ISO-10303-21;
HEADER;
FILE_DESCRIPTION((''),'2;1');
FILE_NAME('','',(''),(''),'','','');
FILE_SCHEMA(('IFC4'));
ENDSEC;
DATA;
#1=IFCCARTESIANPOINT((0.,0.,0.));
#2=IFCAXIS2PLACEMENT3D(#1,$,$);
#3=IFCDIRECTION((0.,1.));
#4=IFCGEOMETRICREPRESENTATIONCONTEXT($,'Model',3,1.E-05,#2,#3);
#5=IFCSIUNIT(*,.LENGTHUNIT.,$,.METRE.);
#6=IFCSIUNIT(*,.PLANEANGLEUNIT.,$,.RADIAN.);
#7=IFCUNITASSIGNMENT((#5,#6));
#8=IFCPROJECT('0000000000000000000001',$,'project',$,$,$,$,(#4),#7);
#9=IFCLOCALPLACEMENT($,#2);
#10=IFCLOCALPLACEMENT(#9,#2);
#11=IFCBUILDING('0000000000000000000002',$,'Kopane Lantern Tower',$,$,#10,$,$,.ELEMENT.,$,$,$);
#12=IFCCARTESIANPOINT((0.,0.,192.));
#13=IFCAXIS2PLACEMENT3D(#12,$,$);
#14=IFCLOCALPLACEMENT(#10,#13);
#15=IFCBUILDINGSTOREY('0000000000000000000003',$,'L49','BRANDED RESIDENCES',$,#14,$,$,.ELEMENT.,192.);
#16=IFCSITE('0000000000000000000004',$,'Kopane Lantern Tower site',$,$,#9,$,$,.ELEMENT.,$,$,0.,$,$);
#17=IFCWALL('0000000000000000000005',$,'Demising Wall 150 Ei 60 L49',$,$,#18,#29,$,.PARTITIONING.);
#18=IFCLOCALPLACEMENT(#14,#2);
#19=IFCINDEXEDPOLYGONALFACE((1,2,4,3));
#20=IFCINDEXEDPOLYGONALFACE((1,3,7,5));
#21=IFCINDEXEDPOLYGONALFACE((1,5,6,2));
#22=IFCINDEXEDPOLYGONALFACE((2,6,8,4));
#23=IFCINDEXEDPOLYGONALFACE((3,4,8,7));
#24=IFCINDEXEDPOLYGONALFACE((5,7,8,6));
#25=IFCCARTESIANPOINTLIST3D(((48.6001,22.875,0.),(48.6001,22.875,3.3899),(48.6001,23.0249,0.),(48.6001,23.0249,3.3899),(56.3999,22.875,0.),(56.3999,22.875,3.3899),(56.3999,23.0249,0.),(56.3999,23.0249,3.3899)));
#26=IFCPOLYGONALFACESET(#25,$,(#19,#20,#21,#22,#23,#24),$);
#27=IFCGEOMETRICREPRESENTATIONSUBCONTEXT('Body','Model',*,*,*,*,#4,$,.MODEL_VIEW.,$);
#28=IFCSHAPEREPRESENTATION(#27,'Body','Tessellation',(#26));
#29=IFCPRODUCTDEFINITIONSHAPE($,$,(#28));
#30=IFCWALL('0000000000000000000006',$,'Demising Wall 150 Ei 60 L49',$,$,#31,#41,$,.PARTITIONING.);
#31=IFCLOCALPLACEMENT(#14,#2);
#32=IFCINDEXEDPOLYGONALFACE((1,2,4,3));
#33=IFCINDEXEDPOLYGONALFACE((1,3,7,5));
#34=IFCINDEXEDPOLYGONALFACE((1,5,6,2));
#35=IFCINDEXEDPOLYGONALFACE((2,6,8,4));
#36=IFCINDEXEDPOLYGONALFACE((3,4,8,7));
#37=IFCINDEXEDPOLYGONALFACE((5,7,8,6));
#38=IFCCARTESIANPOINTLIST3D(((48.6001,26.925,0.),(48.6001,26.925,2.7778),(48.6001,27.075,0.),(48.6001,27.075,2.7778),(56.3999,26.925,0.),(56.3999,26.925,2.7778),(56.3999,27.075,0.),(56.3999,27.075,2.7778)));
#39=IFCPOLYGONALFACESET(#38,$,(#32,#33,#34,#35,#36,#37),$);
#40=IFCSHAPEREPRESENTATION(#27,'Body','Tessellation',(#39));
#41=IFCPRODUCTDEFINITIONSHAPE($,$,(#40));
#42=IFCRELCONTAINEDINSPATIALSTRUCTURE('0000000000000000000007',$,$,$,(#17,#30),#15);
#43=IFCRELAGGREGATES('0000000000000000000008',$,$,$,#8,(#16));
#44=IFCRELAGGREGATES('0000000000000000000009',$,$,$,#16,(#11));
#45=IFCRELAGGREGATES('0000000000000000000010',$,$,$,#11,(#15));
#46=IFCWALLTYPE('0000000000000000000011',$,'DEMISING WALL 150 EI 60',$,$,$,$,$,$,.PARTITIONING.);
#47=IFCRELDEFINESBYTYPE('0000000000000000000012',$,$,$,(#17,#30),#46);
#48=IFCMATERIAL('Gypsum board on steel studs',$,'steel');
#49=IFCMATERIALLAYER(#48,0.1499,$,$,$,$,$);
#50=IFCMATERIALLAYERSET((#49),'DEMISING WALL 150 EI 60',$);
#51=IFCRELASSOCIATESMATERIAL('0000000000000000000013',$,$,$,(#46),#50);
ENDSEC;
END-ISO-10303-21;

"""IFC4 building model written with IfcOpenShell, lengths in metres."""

from ifc_helpers import new_model, si_unit, direction, frame, frame_2d, origin, place, context, subcontext, project, spatial, rectangle, extrude, material, layer, layer_set, type_object, element, save


model = new_model("IFC4")

# Units and contexts
model_context = context("Model", 3, precision=1e-05, world=origin(), true_north=direction((0.0, 1.0)))
body_context = subcontext(model_context, "Body", "Model", "MODEL_VIEW")
ifc_project = project(units=[si_unit("LENGTHUNIT", "METRE"), si_unit("PLANEANGLEUNIT", "RADIAN")], contexts=[model_context])

# Site, building, storey
site_placement = place(None, origin())
site = spatial("IfcSite", under=ifc_project, at=site_placement, Name="Kopane Lantern Tower site", CompositionType="ELEMENT", RefElevation=0.0)
building_placement = place(site_placement, origin())
building = spatial("IfcBuilding", under=site, at=building_placement, Name="Kopane Lantern Tower", CompositionType="ELEMENT")
storey_placement = place(building_placement, frame((0.0, 0.0, 192.0)))
storey = spatial("IfcBuildingStorey", under=building, at=storey_placement, Name="L49", Description="BRANDED RESIDENCES", CompositionType="ELEMENT", Elevation=192.0)

# Walls
ifc_material_1 = material(Name="Gypsum board on steel studs", Category="steel")
ifc_layer_1 = layer(ifc_material_1, 0.1499)
ifc_layer_set_1 = layer_set([ifc_layer_1], Name="DEMISING WALL 150 EI 60")
wall_type_1 = type_object("IfcWallType", Name="DEMISING WALL 150 EI 60", PredefinedType="PARTITIONING", material=ifc_layer_set_1)
wall_1_placement = place(storey_placement, frame((48.6001, 22.95, 0.0), z_axis=(0.0, 0.0, 1.0), x_axis=(1.0, 0.0, 0.0)))
element("IfcWall", 1, at=wall_1_placement, inside=storey, type_object=wall_type_1, Name="Demising Wall 150 Ei 60 L49", PredefinedType="PARTITIONING", context=body_context, shape_type="SweptSolid", body=[
    extrude(rectangle(XDim=7.7998, YDim=0.1499, at=frame_2d((3.8999, 0.0))), origin(), (0.0, 0.0, 1.0), 3.3899),
])
wall_2_placement = place(storey_placement, frame((48.6001, 27.0, 0.0), z_axis=(0.0, 0.0, 1.0), x_axis=(1.0, 0.0, 0.0)))
element("IfcWall", 2, at=wall_2_placement, inside=storey, type_object=wall_type_1, Name="Demising Wall 150 Ei 60 L49", PredefinedType="PARTITIONING", context=body_context, shape_type="SweptSolid", body=[
    extrude(rectangle(XDim=7.7998, YDim=0.1499, at=frame_2d((3.8999, 0.0))), origin(), (0.0, 0.0, 1.0), 2.7778),
])

save(model, "model.ifc")
